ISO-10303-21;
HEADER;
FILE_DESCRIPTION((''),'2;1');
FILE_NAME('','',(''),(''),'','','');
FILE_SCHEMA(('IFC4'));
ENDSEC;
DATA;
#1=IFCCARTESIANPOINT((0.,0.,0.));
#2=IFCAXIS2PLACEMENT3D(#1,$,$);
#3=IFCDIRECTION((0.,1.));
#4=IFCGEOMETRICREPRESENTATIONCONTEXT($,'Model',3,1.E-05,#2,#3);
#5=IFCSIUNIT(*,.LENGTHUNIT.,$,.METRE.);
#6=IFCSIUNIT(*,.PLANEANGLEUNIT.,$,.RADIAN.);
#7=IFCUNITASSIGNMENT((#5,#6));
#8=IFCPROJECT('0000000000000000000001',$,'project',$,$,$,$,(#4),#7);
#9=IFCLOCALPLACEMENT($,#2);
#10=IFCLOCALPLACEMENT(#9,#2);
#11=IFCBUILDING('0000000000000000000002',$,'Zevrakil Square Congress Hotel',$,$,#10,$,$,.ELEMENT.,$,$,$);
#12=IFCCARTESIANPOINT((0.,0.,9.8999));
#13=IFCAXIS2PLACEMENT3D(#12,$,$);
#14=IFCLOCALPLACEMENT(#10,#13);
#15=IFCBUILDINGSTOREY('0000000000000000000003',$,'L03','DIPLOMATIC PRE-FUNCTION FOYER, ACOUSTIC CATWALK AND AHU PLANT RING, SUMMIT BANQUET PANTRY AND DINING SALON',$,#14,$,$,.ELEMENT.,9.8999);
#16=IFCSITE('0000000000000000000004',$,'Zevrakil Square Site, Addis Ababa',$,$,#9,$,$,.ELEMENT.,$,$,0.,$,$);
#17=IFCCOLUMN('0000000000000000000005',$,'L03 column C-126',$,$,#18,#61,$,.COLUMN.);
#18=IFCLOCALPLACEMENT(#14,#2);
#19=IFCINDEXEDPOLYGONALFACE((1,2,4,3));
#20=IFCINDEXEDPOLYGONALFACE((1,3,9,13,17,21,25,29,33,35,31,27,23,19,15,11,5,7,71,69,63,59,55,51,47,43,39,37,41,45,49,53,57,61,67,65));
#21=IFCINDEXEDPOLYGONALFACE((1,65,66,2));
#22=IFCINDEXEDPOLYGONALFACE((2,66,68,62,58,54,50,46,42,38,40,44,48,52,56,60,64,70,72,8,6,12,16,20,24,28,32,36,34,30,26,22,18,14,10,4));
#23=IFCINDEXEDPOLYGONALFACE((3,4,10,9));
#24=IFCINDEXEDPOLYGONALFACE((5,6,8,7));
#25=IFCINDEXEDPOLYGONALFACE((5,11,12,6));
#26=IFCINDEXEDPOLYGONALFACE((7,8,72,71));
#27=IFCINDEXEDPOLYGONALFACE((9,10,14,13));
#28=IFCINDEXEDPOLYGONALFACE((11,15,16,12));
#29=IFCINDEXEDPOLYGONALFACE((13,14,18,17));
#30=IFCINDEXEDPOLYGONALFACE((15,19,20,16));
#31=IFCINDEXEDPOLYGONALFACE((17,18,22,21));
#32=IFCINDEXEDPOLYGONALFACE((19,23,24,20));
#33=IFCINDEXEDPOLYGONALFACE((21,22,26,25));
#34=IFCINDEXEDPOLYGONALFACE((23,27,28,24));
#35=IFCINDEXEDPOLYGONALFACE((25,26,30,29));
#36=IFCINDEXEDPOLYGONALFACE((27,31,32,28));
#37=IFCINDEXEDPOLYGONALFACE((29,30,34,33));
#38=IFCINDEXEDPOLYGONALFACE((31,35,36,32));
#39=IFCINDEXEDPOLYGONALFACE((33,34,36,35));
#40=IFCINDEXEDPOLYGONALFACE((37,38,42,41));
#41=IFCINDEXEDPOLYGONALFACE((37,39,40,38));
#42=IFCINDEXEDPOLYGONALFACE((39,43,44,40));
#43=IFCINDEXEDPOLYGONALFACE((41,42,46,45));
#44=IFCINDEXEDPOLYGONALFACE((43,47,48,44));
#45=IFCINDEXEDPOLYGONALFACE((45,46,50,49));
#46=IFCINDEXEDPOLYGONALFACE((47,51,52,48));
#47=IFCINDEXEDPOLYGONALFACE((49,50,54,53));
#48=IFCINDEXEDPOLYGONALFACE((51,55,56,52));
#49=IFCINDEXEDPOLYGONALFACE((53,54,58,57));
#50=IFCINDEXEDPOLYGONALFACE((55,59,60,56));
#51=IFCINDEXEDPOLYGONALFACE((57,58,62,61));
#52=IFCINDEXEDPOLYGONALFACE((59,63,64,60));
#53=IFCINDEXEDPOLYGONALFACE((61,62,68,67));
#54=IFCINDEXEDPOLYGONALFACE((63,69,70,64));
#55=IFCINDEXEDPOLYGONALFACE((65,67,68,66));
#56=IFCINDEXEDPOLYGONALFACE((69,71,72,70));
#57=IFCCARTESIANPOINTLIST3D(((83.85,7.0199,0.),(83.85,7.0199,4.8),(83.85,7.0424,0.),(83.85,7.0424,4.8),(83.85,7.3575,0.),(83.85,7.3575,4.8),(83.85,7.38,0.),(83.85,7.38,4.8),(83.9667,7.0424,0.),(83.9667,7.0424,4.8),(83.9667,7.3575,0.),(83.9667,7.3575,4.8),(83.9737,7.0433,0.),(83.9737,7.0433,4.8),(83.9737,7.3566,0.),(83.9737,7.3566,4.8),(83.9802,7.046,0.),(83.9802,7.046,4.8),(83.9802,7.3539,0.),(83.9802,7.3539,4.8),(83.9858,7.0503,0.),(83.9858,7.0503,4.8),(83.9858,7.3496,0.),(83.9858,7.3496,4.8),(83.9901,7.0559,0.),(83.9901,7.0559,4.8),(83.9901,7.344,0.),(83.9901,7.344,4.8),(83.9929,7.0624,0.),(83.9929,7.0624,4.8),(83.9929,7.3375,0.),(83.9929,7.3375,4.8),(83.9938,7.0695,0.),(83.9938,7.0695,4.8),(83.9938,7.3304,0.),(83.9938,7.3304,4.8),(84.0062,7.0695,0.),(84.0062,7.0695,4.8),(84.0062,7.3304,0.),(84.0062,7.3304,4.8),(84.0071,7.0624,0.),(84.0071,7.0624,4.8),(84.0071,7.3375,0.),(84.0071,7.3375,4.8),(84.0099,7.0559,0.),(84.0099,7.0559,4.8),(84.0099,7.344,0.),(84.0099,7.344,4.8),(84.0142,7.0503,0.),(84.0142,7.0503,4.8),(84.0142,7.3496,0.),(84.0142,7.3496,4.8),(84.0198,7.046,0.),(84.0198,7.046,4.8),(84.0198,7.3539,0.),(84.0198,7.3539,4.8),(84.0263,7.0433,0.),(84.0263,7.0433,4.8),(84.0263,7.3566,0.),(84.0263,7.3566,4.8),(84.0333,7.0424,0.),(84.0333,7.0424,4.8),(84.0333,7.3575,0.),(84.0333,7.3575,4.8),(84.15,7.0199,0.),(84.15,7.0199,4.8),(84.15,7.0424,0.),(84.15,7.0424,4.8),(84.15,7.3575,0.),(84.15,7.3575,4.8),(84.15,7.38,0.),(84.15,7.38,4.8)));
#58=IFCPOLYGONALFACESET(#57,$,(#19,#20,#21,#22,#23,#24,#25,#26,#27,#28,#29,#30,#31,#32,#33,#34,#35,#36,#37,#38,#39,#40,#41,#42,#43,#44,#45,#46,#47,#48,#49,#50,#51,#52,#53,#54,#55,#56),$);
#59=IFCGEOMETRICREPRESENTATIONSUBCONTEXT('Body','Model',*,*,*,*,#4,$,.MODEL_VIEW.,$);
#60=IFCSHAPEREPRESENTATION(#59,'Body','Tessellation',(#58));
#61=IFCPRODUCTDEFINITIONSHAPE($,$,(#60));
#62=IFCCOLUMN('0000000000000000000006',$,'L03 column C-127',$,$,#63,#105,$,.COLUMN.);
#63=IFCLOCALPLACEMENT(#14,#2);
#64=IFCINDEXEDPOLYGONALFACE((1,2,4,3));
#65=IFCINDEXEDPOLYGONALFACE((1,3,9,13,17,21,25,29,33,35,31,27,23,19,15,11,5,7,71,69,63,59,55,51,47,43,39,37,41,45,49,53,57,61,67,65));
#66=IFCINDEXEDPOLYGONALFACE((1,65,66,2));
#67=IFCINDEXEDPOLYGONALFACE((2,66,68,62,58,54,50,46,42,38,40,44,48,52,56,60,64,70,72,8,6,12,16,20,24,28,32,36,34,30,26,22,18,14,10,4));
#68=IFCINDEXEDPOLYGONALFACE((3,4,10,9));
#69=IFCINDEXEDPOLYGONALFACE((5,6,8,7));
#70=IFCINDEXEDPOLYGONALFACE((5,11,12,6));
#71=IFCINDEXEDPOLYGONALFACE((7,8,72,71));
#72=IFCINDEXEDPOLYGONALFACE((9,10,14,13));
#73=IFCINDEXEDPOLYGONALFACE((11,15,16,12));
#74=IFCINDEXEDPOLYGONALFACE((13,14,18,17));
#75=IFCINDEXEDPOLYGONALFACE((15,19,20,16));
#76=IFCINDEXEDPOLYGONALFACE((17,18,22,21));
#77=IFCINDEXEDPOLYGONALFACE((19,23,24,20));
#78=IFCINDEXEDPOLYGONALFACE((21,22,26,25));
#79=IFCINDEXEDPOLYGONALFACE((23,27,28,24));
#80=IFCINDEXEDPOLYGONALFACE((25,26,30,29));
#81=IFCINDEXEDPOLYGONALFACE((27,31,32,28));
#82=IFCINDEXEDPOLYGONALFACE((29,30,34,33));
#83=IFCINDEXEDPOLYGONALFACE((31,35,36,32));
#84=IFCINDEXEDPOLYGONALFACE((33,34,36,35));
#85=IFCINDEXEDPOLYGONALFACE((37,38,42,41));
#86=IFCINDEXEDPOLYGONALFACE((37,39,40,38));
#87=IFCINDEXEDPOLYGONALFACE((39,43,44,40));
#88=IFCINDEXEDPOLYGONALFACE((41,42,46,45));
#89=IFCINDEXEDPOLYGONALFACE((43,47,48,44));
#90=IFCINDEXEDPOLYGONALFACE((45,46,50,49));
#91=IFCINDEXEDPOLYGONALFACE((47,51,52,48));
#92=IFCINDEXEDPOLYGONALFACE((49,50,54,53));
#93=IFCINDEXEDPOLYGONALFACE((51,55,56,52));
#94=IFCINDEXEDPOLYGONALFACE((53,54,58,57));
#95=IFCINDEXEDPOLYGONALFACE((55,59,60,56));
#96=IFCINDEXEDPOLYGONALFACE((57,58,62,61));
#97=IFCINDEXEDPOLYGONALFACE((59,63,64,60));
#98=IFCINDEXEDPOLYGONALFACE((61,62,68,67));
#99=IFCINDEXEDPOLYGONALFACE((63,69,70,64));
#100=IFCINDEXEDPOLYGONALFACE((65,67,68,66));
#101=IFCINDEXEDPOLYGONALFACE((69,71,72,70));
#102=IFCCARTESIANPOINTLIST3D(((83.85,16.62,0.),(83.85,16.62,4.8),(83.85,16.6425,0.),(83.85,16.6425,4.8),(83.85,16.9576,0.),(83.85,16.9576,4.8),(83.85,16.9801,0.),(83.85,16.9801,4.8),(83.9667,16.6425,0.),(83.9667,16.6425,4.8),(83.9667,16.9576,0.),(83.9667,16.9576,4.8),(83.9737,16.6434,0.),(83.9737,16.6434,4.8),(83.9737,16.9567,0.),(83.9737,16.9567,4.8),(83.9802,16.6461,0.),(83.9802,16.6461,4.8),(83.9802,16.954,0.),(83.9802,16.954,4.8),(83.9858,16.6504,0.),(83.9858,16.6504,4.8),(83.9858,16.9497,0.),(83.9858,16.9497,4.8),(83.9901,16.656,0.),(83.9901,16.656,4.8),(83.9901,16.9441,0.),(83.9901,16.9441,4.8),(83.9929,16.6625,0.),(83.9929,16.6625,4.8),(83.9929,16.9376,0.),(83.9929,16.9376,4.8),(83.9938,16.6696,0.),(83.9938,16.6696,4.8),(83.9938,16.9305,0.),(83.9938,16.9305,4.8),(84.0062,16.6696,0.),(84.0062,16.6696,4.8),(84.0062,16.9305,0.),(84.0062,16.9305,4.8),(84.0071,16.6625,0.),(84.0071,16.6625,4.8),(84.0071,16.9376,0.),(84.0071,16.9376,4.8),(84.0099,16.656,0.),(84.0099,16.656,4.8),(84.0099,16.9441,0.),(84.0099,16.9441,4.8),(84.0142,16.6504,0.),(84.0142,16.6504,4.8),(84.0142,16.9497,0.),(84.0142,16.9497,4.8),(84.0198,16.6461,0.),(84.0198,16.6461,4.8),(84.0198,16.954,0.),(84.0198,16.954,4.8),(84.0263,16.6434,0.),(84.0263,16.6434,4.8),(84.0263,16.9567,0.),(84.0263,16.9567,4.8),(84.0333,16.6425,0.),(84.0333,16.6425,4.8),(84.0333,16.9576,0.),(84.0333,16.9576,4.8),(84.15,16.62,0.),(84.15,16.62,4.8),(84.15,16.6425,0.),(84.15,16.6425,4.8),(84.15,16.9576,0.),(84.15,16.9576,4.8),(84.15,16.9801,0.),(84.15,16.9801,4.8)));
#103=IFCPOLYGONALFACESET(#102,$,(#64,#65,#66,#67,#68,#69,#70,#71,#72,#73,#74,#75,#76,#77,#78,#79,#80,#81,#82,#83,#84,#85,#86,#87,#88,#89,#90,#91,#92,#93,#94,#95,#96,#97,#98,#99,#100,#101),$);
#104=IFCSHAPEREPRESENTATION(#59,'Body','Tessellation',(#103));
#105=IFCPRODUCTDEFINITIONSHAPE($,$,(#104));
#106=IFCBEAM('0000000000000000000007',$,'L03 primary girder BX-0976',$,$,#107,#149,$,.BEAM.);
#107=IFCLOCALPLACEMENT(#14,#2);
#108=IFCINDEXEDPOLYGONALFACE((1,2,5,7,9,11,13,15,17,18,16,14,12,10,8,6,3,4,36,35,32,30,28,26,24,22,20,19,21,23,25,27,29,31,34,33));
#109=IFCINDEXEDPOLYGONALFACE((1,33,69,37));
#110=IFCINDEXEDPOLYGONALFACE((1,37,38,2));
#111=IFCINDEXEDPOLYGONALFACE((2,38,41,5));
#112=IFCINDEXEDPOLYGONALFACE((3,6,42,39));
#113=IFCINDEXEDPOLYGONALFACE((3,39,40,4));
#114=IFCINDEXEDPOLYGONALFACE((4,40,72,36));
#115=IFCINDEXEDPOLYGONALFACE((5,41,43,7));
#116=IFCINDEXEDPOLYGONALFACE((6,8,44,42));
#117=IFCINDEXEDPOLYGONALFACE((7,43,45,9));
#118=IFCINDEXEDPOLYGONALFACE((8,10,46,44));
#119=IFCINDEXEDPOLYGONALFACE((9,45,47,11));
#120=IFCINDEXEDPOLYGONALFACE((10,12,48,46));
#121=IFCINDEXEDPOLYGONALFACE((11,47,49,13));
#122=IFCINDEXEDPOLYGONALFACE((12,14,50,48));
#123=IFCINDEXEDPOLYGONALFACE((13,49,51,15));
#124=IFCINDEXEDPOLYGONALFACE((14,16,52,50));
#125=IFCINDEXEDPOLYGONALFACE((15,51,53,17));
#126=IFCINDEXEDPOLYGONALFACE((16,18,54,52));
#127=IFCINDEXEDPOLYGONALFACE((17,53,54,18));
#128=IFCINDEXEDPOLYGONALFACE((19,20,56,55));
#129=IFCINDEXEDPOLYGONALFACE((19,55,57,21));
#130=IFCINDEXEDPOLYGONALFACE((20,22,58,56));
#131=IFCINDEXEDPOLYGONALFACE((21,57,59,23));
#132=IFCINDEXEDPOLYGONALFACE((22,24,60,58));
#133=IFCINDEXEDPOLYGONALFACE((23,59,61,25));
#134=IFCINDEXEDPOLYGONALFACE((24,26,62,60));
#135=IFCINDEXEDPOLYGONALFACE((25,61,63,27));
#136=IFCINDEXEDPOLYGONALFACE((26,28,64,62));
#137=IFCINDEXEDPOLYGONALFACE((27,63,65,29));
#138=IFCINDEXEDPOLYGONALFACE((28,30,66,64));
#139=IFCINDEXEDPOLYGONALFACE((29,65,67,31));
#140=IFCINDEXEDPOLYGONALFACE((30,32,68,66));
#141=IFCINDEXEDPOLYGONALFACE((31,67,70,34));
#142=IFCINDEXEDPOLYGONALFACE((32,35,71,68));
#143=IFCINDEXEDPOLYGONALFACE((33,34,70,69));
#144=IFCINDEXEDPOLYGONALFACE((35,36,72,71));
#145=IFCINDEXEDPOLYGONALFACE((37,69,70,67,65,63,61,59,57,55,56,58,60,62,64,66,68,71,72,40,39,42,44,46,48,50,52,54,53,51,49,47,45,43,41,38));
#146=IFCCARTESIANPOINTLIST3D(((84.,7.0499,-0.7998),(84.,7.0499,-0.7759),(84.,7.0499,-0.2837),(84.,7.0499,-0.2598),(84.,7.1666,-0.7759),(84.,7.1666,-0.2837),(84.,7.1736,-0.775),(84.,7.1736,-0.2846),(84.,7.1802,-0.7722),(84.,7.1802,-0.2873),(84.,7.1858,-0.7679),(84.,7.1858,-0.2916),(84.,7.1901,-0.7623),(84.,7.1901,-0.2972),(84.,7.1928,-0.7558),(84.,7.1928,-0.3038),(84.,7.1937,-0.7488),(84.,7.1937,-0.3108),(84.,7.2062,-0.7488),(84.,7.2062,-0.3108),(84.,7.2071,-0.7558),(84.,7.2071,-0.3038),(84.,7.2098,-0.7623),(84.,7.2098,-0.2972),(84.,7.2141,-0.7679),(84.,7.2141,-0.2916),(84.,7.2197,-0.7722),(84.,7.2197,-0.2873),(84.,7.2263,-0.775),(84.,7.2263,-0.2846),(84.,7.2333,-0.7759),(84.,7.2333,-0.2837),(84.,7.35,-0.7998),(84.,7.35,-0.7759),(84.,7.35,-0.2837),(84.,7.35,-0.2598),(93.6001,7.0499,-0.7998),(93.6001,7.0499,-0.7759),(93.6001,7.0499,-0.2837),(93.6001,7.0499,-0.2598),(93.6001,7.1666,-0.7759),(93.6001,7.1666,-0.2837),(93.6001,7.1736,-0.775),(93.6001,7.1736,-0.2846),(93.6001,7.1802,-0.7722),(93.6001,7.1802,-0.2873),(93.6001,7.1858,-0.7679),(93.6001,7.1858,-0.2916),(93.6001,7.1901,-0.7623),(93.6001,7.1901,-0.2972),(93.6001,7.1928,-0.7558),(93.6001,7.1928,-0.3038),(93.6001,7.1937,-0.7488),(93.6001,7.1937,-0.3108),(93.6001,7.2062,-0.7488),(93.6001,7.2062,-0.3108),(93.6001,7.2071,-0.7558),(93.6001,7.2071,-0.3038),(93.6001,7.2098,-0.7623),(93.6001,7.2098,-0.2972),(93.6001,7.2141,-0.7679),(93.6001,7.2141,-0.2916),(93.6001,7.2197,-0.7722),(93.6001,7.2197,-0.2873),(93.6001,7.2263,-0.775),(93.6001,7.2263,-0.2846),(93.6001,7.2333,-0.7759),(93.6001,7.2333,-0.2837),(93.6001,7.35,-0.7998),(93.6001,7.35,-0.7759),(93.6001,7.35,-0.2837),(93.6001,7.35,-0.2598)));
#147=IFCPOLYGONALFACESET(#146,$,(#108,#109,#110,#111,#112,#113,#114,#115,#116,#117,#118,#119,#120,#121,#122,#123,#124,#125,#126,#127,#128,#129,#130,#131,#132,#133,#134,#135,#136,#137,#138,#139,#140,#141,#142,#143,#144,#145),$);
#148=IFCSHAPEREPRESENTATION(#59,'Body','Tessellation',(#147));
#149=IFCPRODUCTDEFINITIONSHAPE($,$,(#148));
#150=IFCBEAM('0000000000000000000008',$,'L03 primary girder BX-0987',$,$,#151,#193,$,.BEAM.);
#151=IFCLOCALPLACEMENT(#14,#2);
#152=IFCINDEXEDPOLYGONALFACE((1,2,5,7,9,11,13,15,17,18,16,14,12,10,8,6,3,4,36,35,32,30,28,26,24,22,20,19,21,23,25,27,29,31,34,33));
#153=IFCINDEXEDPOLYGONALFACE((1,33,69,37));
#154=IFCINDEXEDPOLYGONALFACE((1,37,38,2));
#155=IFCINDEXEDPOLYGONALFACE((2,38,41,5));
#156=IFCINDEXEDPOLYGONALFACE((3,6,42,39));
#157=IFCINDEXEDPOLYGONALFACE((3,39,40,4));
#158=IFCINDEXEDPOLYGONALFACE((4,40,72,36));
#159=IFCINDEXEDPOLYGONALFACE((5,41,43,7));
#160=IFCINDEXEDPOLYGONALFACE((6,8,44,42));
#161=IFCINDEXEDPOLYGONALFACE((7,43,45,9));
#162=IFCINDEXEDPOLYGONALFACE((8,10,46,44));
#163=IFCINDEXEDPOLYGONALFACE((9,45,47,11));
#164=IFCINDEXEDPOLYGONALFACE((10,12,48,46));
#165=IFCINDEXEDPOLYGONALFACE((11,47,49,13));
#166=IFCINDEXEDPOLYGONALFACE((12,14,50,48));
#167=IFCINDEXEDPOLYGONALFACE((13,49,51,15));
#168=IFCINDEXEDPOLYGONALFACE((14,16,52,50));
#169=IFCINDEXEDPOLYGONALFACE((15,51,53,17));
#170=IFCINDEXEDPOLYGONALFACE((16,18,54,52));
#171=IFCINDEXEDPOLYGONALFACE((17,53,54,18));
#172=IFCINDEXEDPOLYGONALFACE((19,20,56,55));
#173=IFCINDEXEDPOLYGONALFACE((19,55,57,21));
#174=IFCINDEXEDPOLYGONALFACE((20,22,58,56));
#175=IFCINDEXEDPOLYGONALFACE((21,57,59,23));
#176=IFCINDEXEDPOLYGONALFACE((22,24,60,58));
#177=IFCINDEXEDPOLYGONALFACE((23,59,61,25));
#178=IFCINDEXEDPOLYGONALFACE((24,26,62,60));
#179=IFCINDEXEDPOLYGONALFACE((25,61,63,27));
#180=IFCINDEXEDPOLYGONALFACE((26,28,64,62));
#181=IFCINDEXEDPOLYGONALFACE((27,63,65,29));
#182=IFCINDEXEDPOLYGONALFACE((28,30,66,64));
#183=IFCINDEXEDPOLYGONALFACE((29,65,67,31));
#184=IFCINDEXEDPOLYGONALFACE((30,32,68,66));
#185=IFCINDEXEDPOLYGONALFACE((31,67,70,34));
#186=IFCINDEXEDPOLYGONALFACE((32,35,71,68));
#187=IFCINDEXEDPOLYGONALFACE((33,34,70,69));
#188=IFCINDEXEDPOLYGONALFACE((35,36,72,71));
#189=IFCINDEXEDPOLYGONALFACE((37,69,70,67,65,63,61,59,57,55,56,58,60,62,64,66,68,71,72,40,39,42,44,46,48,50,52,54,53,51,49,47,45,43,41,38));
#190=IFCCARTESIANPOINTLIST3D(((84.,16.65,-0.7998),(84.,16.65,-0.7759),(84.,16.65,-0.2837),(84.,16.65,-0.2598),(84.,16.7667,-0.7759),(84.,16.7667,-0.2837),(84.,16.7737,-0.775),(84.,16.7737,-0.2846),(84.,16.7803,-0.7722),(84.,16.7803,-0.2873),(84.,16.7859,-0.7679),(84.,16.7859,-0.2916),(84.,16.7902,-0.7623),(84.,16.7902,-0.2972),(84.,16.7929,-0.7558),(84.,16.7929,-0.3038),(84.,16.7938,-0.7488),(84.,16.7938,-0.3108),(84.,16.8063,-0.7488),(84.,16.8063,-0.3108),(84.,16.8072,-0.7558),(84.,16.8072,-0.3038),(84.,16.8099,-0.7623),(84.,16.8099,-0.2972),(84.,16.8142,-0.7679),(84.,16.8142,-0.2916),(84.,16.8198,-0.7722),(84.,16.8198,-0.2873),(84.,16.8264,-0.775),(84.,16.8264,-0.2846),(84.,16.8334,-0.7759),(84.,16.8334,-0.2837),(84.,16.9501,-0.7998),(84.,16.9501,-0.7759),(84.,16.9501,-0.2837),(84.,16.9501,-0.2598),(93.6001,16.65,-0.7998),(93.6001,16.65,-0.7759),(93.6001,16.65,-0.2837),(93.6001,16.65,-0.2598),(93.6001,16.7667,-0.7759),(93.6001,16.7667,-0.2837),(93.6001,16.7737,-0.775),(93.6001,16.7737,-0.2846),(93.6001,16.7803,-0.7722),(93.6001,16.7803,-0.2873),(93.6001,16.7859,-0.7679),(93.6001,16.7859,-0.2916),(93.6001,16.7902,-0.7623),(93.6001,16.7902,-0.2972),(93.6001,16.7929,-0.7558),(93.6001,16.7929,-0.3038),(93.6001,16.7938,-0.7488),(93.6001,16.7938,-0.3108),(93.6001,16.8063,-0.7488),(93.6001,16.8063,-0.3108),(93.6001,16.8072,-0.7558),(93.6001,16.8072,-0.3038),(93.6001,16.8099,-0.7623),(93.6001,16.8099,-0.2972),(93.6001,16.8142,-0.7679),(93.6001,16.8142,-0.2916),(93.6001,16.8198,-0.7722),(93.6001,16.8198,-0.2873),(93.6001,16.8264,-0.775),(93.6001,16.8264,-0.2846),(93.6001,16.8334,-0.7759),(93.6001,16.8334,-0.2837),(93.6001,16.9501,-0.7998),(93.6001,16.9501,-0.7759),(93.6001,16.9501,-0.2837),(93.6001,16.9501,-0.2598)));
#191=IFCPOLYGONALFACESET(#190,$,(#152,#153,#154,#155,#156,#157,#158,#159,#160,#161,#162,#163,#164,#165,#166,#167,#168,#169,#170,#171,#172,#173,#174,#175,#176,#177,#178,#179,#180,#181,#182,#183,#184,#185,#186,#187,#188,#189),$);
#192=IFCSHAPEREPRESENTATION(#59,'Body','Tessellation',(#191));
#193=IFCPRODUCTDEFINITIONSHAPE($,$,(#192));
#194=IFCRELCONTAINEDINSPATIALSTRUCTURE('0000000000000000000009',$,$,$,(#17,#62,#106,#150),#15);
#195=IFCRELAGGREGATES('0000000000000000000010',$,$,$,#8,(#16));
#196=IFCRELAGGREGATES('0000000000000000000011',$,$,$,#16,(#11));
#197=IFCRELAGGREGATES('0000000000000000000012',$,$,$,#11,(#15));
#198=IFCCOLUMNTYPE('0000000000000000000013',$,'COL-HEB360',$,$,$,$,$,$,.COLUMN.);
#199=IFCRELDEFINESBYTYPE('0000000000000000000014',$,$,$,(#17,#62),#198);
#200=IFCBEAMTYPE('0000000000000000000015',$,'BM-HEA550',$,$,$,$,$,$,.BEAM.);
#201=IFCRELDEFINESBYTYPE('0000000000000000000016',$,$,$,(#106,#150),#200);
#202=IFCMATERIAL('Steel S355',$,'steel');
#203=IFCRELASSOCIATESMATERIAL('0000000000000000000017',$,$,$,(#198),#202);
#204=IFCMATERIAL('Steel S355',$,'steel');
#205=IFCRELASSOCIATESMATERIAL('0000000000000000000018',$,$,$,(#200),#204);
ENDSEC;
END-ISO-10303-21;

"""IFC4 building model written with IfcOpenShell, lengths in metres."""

from ifc_helpers import new_model, si_unit, direction, frame, origin, origin_2d, place, context, subcontext, project, spatial, i_section, extrude, material, material_profile, profile_set, type_object, element, save


model = new_model("IFC4")

# Units and contexts
model_context = context("Model", 3, precision=1e-05, world=origin(), true_north=direction((0.0, 1.0)))
body_context = subcontext(model_context, "Body", "Model", "MODEL_VIEW")
ifc_project = project(units=[si_unit("LENGTHUNIT", "METRE"), si_unit("PLANEANGLEUNIT", "RADIAN")], contexts=[model_context])

# Site, building, storey
site_placement = place(None, origin())
site = spatial("IfcSite", under=ifc_project, at=site_placement, Name="Zevrakil Square Site, Addis Ababa", CompositionType="ELEMENT", RefElevation=0.0)
building_placement = place(site_placement, origin())
building = spatial("IfcBuilding", under=site, at=building_placement, Name="Zevrakil Square Congress Hotel", CompositionType="ELEMENT")
storey_placement = place(building_placement, frame((0.0, 0.0, 9.8999)))
storey = spatial("IfcBuildingStorey", under=building, at=storey_placement, Name="L03", Description="DIPLOMATIC PRE-FUNCTION FOYER, ACOUSTIC CATWALK AND AHU PLANT RING, SUMMIT BANQUET PANTRY AND DINING SALON", CompositionType="ELEMENT", Elevation=9.8999)

# Columns
ifc_material_1 = material(Name="Steel S355", Category="steel")
ifc_material_profile_1 = material_profile(ifc_material_1, i_section(OverallWidth=0.3, OverallDepth=0.3601, WebThickness=0.0125, FlangeThickness=0.0225, FilletRadius=0.0271, at=origin_2d()), Name="HEB 360")
ifc_profile_set_1 = profile_set([ifc_material_profile_1], Name="Steel S355")
column_type = type_object("IfcColumnType", Name="COL-HEB360", PredefinedType="COLUMN", material=ifc_profile_set_1)
for number, where, z_axis, x_axis, name in (
    (1, (84.0, 7.2, 0.0), (0.0, 0.0, 1.0), (1.0, 0.0, 0.0), "L03 column C-126"),
    (2, (84.0, 16.8, 0.0), (0.0, 0.0, 1.0), (1.0, 0.0, 0.0), "L03 column C-127"),
):
    element("IfcColumn", number, at=place(storey_placement, frame(where, z_axis=z_axis, x_axis=x_axis)), inside=storey, type_object=column_type, Name=name, PredefinedType="COLUMN", context=body_context, shape_type="SweptSolid", body=[
        extrude(i_section(OverallWidth=0.3, OverallDepth=0.3601, WebThickness=0.0125, FlangeThickness=0.0225, FilletRadius=0.0271, at=origin_2d()), origin(), (0.0, 0.0, 1.0), 4.8),
    ])

# Beams
ifc_material_2 = material(Name="Steel S355", Category="steel")
ifc_material_profile_2 = material_profile(ifc_material_2, i_section(OverallWidth=0.3, OverallDepth=0.54, WebThickness=0.0125, FlangeThickness=0.0239, FilletRadius=0.0271, at=origin_2d()), Name="HEA 550")
ifc_profile_set_2 = profile_set([ifc_material_profile_2], Name="Steel S355")
beam_type_1 = type_object("IfcBeamType", Name="BM-HEA550", PredefinedType="BEAM", material=ifc_profile_set_2)
for number, where, z_axis, x_axis, name in (
    (3, (84.0, 7.2, -0.5298), (1.0, 0.0, 0.0), (0.0, 1.0, 0.0), "L03 primary girder BX-0976"),
    (4, (84.0, 16.8, -0.5298), (1.0, 0.0, 0.0), (0.0, 1.0, 0.0), "L03 primary girder BX-0987"),
):
    element("IfcBeam", number, at=place(storey_placement, frame(where, z_axis=z_axis, x_axis=x_axis)), inside=storey, type_object=beam_type_1, Name=name, PredefinedType="BEAM", context=body_context, shape_type="SweptSolid", body=[
        extrude(i_section(OverallWidth=0.3, OverallDepth=0.54, WebThickness=0.0125, FlangeThickness=0.0239, FilletRadius=0.0271, at=origin_2d()), origin(), (0.0, 0.0, 1.0), 9.6001),
    ])

save(model, "model.ifc")
